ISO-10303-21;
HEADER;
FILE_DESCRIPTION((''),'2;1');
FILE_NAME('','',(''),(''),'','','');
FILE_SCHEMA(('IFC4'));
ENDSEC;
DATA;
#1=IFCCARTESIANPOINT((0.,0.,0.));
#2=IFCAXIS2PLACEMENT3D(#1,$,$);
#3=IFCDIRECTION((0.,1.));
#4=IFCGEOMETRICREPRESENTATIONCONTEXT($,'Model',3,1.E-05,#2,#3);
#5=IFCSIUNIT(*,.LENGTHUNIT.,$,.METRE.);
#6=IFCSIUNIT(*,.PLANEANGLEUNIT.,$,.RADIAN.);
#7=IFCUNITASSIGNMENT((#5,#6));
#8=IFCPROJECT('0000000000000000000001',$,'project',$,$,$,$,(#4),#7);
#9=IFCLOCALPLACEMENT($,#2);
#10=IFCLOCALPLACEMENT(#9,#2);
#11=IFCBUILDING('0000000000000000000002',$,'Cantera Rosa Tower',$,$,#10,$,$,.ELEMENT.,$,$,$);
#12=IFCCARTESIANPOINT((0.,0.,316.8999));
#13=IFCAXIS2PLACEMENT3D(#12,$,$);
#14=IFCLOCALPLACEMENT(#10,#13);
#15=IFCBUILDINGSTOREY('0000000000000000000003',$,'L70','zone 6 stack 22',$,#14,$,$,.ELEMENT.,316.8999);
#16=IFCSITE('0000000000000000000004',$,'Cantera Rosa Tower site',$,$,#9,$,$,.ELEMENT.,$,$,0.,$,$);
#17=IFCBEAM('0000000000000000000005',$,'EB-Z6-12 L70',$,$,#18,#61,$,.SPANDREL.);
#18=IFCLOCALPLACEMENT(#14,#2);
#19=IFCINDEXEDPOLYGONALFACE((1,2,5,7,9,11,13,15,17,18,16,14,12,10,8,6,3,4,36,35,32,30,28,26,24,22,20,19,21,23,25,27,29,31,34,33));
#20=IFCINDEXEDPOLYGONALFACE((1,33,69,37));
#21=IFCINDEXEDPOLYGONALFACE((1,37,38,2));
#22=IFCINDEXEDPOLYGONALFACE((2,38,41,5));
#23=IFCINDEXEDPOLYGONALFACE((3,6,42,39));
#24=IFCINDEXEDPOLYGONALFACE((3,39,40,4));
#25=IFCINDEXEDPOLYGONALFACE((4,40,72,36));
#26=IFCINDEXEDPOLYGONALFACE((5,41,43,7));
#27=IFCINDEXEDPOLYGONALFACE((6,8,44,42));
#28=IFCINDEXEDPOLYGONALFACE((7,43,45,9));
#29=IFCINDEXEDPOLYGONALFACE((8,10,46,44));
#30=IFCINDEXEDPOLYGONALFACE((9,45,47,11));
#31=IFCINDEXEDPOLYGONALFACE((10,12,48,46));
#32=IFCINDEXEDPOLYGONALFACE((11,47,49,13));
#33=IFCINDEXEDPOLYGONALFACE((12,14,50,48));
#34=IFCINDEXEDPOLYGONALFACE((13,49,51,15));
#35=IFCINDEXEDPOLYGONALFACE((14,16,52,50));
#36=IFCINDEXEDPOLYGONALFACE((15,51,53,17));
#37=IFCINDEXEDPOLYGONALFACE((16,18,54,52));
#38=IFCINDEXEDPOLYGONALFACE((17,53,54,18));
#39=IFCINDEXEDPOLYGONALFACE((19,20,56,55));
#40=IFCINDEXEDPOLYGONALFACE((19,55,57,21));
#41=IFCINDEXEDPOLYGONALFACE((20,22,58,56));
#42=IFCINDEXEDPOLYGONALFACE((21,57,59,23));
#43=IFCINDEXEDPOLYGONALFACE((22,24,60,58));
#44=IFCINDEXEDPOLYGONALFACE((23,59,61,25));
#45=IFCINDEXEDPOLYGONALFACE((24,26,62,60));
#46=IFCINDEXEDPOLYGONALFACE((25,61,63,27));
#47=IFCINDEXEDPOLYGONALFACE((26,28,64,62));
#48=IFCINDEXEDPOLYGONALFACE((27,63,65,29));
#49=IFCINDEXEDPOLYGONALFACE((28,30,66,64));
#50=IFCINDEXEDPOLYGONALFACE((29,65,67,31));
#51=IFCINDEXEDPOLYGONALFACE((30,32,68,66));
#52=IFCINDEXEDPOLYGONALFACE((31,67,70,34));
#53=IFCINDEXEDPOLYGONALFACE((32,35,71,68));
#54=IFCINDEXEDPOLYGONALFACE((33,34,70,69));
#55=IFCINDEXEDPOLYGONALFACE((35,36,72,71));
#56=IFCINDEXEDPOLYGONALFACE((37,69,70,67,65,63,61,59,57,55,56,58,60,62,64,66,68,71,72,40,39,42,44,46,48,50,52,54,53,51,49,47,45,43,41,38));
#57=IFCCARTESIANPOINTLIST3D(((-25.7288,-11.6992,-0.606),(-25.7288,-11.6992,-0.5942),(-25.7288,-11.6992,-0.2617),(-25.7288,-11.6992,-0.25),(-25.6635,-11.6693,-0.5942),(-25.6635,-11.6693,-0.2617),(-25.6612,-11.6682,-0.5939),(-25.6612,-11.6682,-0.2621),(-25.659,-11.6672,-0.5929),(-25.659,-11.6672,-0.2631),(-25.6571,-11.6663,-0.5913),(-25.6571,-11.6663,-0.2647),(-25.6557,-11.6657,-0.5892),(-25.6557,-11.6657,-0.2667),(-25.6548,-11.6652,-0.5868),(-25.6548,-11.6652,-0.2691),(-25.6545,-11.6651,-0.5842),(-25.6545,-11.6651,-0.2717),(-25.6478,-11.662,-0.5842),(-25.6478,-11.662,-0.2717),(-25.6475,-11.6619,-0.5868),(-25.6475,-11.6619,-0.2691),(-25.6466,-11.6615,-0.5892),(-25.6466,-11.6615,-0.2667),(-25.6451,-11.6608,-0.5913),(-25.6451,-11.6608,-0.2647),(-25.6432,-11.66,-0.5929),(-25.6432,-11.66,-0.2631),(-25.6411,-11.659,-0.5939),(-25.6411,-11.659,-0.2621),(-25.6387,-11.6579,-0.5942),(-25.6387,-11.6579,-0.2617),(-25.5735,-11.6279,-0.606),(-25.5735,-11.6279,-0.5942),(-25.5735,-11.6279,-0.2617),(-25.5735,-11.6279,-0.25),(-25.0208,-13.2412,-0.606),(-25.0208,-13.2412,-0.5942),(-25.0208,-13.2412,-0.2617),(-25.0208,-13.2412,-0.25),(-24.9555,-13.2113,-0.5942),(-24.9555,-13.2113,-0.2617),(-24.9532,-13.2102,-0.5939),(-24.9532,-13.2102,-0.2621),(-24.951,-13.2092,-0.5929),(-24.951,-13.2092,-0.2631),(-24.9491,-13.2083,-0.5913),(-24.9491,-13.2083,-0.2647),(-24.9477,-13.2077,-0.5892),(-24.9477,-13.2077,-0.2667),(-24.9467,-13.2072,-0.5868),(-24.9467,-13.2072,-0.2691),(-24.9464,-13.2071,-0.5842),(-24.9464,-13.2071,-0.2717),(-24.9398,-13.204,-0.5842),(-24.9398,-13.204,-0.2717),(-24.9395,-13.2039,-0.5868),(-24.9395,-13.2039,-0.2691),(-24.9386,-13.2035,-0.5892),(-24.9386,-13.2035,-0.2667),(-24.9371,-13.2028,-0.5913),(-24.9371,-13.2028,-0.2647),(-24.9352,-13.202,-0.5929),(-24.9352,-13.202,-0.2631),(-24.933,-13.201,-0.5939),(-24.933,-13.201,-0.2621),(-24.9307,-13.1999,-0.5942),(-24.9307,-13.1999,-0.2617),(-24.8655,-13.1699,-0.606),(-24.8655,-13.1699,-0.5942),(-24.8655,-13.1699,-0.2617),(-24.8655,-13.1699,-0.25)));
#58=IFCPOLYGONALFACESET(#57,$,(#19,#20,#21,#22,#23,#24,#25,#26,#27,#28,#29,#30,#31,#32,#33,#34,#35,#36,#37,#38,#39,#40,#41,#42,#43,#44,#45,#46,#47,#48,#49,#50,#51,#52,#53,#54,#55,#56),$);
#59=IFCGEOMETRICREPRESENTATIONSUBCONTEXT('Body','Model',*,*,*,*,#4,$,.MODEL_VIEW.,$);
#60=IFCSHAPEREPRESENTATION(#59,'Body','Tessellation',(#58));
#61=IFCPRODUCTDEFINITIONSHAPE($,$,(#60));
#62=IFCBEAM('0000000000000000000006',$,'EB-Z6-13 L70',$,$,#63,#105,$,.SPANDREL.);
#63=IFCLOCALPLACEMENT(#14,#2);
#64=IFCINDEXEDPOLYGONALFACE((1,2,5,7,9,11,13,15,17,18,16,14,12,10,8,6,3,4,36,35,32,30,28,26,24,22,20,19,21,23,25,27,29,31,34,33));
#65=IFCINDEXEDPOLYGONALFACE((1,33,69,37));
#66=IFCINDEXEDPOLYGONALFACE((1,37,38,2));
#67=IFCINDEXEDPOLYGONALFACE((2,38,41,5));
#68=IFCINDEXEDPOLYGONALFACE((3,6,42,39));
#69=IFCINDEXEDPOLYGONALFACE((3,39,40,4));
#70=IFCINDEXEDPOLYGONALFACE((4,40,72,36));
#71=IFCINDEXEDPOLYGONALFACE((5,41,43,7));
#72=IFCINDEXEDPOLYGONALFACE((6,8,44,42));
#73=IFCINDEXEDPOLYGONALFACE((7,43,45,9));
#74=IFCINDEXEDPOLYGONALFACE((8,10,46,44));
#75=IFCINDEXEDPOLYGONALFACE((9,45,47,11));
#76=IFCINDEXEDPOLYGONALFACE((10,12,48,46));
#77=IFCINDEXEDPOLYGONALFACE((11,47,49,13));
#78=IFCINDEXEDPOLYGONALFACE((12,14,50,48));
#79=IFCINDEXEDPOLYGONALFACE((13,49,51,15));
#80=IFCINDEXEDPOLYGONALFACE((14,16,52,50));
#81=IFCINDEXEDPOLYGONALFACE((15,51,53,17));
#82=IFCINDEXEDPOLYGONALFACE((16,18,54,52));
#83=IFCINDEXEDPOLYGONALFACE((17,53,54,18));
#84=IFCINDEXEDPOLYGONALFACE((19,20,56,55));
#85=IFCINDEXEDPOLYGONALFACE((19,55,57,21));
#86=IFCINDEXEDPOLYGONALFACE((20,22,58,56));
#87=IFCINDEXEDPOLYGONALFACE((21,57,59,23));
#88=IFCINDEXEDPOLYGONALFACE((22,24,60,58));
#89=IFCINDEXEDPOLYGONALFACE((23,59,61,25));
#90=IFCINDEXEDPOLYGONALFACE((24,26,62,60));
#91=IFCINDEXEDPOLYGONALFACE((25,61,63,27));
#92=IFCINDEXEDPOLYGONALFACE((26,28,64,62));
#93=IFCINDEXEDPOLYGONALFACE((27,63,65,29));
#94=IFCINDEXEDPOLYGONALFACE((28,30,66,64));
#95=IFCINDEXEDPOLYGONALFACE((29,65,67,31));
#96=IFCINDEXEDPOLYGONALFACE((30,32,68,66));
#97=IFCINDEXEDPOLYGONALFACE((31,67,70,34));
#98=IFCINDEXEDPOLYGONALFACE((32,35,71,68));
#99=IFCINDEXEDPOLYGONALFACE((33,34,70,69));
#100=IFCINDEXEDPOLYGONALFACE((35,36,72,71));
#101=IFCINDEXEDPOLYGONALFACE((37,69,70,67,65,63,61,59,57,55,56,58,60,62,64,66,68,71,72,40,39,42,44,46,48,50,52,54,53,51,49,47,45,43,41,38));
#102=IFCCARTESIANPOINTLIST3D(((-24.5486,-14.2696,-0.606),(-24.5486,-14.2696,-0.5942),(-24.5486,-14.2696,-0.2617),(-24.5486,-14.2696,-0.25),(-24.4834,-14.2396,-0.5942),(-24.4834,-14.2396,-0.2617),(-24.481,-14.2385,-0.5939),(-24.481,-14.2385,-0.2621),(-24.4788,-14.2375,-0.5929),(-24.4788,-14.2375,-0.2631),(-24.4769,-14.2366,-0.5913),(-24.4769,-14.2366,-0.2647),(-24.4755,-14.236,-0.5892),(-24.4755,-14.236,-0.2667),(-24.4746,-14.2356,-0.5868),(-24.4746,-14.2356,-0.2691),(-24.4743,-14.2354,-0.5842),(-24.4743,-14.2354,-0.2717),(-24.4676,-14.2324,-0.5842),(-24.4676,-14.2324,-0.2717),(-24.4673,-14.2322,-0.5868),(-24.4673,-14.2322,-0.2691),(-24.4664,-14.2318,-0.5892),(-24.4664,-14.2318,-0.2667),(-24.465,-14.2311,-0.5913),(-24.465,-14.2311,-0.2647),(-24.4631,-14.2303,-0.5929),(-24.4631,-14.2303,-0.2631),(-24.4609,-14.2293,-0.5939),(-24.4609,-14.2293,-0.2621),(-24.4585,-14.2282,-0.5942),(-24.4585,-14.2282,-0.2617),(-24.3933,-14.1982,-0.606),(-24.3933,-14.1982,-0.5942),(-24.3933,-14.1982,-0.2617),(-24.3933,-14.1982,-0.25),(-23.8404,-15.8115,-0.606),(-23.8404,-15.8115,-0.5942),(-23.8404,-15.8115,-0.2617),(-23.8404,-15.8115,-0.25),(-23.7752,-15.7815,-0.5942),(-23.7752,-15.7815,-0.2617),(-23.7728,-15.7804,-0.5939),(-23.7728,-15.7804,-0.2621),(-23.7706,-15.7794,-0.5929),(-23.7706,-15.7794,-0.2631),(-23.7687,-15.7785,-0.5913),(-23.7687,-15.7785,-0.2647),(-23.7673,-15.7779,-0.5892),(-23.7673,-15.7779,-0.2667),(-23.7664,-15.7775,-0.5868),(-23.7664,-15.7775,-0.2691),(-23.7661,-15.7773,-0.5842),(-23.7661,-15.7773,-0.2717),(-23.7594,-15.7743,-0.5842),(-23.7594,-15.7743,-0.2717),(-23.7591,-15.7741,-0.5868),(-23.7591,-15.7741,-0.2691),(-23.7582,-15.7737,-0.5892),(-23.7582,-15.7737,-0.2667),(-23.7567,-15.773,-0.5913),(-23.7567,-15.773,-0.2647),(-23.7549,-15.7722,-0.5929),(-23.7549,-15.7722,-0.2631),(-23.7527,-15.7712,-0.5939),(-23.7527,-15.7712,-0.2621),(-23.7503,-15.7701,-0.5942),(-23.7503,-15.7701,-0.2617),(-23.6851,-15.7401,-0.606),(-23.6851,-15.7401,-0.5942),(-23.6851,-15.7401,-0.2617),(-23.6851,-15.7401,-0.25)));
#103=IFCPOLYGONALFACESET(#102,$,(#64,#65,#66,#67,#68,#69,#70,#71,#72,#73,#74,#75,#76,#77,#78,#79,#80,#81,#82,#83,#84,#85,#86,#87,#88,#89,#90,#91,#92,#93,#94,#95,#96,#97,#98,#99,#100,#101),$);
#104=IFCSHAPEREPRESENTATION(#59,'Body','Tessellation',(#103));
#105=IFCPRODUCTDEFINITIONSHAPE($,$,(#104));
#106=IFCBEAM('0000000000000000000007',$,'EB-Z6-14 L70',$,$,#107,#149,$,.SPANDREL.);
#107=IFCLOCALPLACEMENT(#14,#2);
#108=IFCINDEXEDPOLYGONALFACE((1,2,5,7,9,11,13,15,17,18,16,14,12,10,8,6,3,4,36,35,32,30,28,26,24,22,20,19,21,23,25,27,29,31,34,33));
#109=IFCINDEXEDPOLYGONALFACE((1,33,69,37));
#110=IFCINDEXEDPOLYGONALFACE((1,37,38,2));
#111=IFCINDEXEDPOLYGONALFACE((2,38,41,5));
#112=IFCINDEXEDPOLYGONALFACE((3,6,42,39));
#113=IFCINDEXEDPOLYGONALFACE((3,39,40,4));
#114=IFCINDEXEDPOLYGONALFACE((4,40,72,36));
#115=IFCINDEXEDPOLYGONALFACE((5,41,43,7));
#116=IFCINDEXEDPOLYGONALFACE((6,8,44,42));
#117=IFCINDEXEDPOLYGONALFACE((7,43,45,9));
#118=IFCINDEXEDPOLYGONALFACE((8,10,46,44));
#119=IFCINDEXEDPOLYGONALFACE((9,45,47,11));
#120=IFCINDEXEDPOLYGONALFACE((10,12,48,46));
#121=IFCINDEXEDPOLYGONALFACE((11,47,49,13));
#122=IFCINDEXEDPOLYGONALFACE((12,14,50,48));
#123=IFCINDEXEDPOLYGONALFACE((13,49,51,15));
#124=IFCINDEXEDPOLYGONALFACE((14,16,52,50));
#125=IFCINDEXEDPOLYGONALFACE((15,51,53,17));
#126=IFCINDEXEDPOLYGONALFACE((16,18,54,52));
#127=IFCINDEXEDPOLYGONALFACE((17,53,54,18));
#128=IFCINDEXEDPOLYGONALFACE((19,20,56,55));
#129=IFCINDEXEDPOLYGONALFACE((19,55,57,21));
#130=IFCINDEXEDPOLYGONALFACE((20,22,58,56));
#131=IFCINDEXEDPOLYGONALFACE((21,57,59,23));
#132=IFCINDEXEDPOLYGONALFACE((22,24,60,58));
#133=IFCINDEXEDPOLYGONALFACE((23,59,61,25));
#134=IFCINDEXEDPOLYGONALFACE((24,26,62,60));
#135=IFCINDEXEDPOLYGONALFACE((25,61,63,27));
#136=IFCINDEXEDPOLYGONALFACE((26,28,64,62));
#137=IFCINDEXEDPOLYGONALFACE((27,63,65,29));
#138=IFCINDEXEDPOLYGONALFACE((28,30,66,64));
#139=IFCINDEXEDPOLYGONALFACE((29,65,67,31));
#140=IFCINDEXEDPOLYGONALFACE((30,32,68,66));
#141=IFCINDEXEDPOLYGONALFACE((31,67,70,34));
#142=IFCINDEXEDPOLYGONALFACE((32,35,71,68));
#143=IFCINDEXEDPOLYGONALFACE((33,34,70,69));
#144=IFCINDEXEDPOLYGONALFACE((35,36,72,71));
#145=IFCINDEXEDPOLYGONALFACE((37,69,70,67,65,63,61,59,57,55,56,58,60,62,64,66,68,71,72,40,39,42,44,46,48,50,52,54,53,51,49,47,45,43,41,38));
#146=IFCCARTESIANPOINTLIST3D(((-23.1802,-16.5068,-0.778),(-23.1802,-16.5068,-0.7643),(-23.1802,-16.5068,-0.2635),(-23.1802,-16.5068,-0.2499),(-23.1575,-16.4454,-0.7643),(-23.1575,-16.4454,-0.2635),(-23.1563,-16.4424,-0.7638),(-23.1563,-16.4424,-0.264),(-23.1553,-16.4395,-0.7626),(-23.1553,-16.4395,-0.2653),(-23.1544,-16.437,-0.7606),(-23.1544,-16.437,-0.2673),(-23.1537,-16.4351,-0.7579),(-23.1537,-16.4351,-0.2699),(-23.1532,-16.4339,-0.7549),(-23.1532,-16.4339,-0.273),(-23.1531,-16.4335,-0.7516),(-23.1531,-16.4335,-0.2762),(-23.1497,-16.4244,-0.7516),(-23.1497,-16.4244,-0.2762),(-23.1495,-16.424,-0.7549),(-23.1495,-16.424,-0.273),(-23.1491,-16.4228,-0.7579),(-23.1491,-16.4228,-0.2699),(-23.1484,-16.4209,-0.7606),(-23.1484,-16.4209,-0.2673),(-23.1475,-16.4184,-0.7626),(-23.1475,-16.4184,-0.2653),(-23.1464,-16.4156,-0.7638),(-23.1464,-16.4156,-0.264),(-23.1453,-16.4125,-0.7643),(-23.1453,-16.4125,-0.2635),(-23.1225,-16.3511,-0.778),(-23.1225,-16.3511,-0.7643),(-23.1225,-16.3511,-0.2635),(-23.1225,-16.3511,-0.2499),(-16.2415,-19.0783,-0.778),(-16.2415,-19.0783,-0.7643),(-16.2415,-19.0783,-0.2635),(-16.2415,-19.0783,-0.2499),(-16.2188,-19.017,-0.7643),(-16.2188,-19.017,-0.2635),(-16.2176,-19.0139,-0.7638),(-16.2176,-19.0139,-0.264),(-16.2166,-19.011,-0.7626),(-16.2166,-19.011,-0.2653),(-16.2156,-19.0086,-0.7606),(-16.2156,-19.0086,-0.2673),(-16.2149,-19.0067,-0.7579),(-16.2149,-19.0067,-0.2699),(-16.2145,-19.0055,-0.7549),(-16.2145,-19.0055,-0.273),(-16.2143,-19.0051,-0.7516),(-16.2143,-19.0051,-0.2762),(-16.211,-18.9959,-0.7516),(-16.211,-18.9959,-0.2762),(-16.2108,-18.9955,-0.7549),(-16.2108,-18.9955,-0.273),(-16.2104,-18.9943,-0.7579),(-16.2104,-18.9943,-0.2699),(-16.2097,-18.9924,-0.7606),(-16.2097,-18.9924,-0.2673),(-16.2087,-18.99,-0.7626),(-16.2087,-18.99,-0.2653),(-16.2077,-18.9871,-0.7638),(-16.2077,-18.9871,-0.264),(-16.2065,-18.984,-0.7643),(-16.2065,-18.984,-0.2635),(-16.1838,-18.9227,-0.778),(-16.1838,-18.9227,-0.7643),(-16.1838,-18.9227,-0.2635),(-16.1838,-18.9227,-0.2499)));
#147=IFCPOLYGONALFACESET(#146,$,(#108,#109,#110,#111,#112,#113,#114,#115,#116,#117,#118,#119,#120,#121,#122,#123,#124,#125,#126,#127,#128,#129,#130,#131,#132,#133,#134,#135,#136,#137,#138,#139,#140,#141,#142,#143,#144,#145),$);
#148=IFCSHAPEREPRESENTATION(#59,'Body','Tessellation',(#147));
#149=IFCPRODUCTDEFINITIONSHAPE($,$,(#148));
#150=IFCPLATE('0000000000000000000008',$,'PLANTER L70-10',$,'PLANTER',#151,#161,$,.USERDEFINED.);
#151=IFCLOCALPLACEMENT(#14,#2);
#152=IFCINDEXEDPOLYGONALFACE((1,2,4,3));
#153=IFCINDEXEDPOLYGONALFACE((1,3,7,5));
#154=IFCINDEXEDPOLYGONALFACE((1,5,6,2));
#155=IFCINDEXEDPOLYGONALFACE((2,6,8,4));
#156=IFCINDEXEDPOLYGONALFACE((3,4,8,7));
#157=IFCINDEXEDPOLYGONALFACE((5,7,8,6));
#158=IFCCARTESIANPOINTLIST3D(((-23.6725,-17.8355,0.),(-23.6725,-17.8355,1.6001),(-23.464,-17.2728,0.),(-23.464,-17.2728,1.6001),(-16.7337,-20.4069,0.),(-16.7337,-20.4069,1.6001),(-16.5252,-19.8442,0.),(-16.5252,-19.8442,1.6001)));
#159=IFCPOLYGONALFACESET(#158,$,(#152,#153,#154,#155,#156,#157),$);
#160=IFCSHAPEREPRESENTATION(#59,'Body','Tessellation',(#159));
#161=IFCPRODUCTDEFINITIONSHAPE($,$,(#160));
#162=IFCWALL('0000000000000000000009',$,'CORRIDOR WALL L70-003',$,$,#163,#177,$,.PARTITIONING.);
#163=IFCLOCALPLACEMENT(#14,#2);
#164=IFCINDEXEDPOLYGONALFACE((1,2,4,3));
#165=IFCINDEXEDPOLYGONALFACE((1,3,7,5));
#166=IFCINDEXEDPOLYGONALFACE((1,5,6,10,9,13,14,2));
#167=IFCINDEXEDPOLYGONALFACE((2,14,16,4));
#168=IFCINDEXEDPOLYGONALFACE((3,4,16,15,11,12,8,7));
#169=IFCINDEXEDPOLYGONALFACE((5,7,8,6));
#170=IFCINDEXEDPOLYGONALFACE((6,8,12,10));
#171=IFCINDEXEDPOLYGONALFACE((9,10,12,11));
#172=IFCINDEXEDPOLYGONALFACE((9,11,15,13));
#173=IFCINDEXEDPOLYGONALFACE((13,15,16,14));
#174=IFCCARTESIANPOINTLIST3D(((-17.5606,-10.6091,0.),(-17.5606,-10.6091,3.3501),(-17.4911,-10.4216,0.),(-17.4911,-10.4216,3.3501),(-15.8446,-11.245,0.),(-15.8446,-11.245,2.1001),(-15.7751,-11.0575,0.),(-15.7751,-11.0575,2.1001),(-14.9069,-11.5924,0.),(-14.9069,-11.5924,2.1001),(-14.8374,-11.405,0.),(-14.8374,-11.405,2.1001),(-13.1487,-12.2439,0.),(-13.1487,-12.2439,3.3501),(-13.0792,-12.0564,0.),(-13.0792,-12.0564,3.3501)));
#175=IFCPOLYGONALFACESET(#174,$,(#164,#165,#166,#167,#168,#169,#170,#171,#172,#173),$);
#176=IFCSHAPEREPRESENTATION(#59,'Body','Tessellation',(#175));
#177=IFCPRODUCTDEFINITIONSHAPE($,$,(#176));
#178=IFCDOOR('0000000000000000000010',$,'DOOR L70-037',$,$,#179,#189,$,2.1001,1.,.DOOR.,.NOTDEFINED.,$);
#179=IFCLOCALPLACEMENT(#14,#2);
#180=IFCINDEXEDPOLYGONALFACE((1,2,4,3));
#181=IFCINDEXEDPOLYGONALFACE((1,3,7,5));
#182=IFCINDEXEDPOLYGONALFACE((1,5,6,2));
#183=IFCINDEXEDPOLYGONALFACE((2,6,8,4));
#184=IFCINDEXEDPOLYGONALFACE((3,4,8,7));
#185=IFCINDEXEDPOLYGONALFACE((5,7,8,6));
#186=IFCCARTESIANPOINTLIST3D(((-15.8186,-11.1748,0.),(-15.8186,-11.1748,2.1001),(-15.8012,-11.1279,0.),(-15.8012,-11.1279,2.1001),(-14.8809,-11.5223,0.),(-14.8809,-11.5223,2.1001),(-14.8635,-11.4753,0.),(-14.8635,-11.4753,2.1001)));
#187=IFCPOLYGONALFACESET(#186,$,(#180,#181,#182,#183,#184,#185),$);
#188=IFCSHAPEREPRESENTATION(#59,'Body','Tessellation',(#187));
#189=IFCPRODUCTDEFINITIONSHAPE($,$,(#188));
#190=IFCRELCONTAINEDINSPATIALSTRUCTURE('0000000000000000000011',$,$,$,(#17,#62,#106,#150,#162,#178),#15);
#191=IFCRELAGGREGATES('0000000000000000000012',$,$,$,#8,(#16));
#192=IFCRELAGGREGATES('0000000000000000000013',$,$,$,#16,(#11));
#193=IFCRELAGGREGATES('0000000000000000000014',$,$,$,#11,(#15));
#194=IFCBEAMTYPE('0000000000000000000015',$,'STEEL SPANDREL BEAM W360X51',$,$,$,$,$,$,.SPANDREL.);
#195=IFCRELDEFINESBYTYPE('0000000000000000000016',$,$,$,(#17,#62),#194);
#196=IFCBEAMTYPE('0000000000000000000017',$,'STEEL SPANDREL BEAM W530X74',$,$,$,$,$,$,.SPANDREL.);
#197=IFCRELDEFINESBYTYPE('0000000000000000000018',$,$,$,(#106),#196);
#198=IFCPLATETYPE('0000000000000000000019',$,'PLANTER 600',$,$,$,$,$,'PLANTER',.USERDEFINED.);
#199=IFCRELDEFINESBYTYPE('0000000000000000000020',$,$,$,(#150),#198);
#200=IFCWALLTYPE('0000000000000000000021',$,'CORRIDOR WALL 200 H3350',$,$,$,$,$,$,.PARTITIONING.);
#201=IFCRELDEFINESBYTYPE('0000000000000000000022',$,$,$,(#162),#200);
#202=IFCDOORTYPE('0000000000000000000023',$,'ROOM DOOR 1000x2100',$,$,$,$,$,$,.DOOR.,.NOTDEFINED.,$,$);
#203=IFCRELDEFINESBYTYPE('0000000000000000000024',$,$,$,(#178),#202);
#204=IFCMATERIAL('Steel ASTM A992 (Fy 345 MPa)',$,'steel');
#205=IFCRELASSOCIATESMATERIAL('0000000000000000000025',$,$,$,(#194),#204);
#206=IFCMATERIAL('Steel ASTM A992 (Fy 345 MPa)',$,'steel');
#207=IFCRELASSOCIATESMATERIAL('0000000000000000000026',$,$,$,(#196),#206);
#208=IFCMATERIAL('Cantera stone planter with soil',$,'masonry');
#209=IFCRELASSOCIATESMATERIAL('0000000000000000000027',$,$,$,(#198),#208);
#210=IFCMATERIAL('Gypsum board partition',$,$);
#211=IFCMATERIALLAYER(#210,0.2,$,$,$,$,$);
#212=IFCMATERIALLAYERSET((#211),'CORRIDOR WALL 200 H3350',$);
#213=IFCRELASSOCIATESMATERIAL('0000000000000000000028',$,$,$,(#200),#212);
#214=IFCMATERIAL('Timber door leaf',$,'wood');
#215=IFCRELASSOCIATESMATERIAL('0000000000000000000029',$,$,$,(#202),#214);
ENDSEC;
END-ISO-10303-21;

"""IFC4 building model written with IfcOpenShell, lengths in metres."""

from ifc_helpers import new_model, si_unit, direction, frame, frame_2d, origin, origin_2d, place, context, subcontext, project, spatial, rectangle, i_section, extrude, material, layer, layer_set, material_profile, profile_set, type_object, element, fill, save


model = new_model("IFC4")

# Units and contexts
model_context = context("Model", 3, precision=1e-05, world=origin(), true_north=direction((0.0, 1.0)))
body_context = subcontext(model_context, "Body", "Model", "MODEL_VIEW")
ifc_project = project(units=[si_unit("LENGTHUNIT", "METRE"), si_unit("PLANEANGLEUNIT", "RADIAN")], contexts=[model_context])

# Site, building, storey
site_placement = place(None, origin())
site = spatial("IfcSite", under=ifc_project, at=site_placement, Name="Cantera Rosa Tower site", CompositionType="ELEMENT", RefElevation=0.0)
building_placement = place(site_placement, origin())
building = spatial("IfcBuilding", under=site, at=building_placement, Name="Cantera Rosa Tower", CompositionType="ELEMENT")
storey_placement = place(building_placement, frame((0.0, 0.0, 316.8999)))
storey = spatial("IfcBuildingStorey", under=building, at=storey_placement, Name="L70", Description="zone 6 stack 22", CompositionType="ELEMENT", Elevation=316.8999)

# Beams
ifc_material_1 = material(Name="Steel ASTM A992 (Fy 345 MPa)", Category="steel")
ifc_material_profile_1 = material_profile(ifc_material_1, i_section(OverallWidth=0.1709, OverallDepth=0.356, WebThickness=0.0073, FlangeThickness=0.0117, FilletRadius=0.01, at=origin_2d()), Name="W360X51")
ifc_profile_set_1 = profile_set([ifc_material_profile_1], Name="Steel ASTM A992 (Fy 345 MPa)")
beam_type_1 = type_object("IfcBeamType", Name="STEEL SPANDREL BEAM W360X51", PredefinedType="SPANDREL", material=ifc_profile_set_1)
for number, where, z_axis, x_axis, name in (
    (1, (-25.6511, -11.6636, -0.428), (0.417269, -0.908783, 0.0), (0.908783, 0.417269, 0.0), "EB-Z6-12 L70"),
    (2, (-24.4709, -14.2339, -0.428), (0.417388, -0.908728, 0.0), (0.908728, 0.417388, 0.0), "EB-Z6-13 L70"),
):
    element("IfcBeam", number, at=place(storey_placement, frame(where, z_axis=z_axis, x_axis=x_axis)), inside=storey, type_object=beam_type_1, Name=name, PredefinedType="SPANDREL", context=body_context, shape_type="SweptSolid", body=[
        extrude(i_section(OverallWidth=0.1709, OverallDepth=0.356, WebThickness=0.0073, FlangeThickness=0.0117, FilletRadius=0.01, at=origin_2d()), origin(), (0.0, 0.0, 1.0), 1.6968),
    ])
ifc_material_2 = material(Name="Steel ASTM A992 (Fy 345 MPa)", Category="steel")
ifc_material_profile_2 = material_profile(ifc_material_2, i_section(OverallWidth=0.166, OverallDepth=0.5281, WebThickness=0.0098, FlangeThickness=0.0137, FilletRadius=0.0127, at=origin_2d()), Name="W530X74")
ifc_profile_set_2 = profile_set([ifc_material_profile_2], Name="Steel ASTM A992 (Fy 345 MPa)")
beam_type_2 = type_object("IfcBeamType", Name="STEEL SPANDREL BEAM W530X74", PredefinedType="SPANDREL", material=ifc_profile_set_2)
beam_1_placement = place(storey_placement, frame((-23.1514, -16.429, -0.5139), z_axis=(0.937677, -0.347509, 0.0), x_axis=(0.347509, 0.937677, 0.0)))
element("IfcBeam", 3, at=beam_1_placement, inside=storey, type_object=beam_type_2, Name="EB-Z6-14 L70", PredefinedType="SPANDREL", context=body_context, shape_type="SweptSolid", body=[
    extrude(i_section(OverallWidth=0.166, OverallDepth=0.5281, WebThickness=0.0098, FlangeThickness=0.0137, FilletRadius=0.0127, at=origin_2d()), origin(), (0.0, 0.0, 1.0), 7.3999),
])

# Plate
ifc_material_3 = material(Name="Cantera stone planter with soil", Category="masonry")
plate_type = type_object("IfcPlateType", Name="PLANTER 600", ElementType="PLANTER", PredefinedType="USERDEFINED", material=ifc_material_3)
plate_placement = place(storey_placement, frame((-20.0989, -18.8398, 0.0), z_axis=(0.0, 0.0, 1.0), x_axis=(0.937687, -0.347481, 0.0)))
element("IfcPlate", 4, at=plate_placement, inside=storey, type_object=plate_type, Name="PLANTER L70-10", ObjectType="PLANTER", PredefinedType="USERDEFINED", context=body_context, shape_type="SweptSolid", body=[
    extrude(rectangle(XDim=7.3999, YDim=0.6001, at=origin_2d()), origin(), (0.0, 0.0, 1.0), 1.6001),
])

# Wall, opening, door
ifc_material_4 = material(Name="Gypsum board partition")
ifc_layer_1 = layer(ifc_material_4, 0.2)
ifc_layer_set_1 = layer_set([ifc_layer_1], Name="CORRIDOR WALL 200 H3350")
wall_type_1 = type_object("IfcWallType", Name="CORRIDOR WALL 200 H3350", PredefinedType="PARTITIONING", material=ifc_layer_set_1)
wall_1_placement = place(storey_placement, frame((-17.5259, -10.5154, 0.0), z_axis=(0.0, 0.0, 1.0), x_axis=(0.937697, -0.347453, 0.0)))
wall_1 = element("IfcWall", 5, at=wall_1_placement, inside=storey, type_object=wall_type_1, Name="CORRIDOR WALL L70-003", PredefinedType="PARTITIONING", context=body_context, shape_type="SweptSolid", body=[
    extrude(rectangle(XDim=4.7051, YDim=0.2, at=frame_2d((2.3525, 0.0))), origin(), (0.0, 0.0, 1.0), 3.3501),
])
opening_1_placement = place(wall_1_placement, frame((1.8301, 0.0, 0.0)))
opening_1 = element("IfcOpeningElement", 6, at=opening_1_placement, cuts=wall_1, PredefinedType="OPENING", context=body_context, shape_type="SweptSolid", body=[
    extrude(rectangle(XDim=1.0, YDim=2.1001, at=frame_2d((0.5, 1.05))), frame((0.0, 0.1099, 0.0), z_axis=(0.0, -1.0, 0.0), x_axis=(1.0, 0.0, 0.0)), (0.0, 0.0, 1.0), 0.22),
])
ifc_material_5 = material(Name="Timber door leaf", Category="wood")
door_type_1 = type_object("IfcDoorType", Name="ROOM DOOR 1000x2100", OperationType="NOTDEFINED", PredefinedType="DOOR", material=ifc_material_5)
door_1_placement = place(opening_1_placement, origin())
door_1 = element("IfcDoor", 7, at=door_1_placement, inside=storey, type_object=door_type_1, Name="DOOR L70-037", OperationType="NOTDEFINED", OverallHeight=2.1001, OverallWidth=1.0, PredefinedType="DOOR", context=body_context, shape_type="SweptSolid", body=[
    extrude(rectangle(XDim=1.0, YDim=2.1001, at=frame_2d((0.5, 1.05))), frame((0.0, 0.0249, 0.0), z_axis=(0.0, -1.0, 0.0), x_axis=(1.0, 0.0, 0.0)), (0.0, 0.0, 1.0), 0.05),
])
fill(opening_1, door_1)

save(model, "model.ifc")
